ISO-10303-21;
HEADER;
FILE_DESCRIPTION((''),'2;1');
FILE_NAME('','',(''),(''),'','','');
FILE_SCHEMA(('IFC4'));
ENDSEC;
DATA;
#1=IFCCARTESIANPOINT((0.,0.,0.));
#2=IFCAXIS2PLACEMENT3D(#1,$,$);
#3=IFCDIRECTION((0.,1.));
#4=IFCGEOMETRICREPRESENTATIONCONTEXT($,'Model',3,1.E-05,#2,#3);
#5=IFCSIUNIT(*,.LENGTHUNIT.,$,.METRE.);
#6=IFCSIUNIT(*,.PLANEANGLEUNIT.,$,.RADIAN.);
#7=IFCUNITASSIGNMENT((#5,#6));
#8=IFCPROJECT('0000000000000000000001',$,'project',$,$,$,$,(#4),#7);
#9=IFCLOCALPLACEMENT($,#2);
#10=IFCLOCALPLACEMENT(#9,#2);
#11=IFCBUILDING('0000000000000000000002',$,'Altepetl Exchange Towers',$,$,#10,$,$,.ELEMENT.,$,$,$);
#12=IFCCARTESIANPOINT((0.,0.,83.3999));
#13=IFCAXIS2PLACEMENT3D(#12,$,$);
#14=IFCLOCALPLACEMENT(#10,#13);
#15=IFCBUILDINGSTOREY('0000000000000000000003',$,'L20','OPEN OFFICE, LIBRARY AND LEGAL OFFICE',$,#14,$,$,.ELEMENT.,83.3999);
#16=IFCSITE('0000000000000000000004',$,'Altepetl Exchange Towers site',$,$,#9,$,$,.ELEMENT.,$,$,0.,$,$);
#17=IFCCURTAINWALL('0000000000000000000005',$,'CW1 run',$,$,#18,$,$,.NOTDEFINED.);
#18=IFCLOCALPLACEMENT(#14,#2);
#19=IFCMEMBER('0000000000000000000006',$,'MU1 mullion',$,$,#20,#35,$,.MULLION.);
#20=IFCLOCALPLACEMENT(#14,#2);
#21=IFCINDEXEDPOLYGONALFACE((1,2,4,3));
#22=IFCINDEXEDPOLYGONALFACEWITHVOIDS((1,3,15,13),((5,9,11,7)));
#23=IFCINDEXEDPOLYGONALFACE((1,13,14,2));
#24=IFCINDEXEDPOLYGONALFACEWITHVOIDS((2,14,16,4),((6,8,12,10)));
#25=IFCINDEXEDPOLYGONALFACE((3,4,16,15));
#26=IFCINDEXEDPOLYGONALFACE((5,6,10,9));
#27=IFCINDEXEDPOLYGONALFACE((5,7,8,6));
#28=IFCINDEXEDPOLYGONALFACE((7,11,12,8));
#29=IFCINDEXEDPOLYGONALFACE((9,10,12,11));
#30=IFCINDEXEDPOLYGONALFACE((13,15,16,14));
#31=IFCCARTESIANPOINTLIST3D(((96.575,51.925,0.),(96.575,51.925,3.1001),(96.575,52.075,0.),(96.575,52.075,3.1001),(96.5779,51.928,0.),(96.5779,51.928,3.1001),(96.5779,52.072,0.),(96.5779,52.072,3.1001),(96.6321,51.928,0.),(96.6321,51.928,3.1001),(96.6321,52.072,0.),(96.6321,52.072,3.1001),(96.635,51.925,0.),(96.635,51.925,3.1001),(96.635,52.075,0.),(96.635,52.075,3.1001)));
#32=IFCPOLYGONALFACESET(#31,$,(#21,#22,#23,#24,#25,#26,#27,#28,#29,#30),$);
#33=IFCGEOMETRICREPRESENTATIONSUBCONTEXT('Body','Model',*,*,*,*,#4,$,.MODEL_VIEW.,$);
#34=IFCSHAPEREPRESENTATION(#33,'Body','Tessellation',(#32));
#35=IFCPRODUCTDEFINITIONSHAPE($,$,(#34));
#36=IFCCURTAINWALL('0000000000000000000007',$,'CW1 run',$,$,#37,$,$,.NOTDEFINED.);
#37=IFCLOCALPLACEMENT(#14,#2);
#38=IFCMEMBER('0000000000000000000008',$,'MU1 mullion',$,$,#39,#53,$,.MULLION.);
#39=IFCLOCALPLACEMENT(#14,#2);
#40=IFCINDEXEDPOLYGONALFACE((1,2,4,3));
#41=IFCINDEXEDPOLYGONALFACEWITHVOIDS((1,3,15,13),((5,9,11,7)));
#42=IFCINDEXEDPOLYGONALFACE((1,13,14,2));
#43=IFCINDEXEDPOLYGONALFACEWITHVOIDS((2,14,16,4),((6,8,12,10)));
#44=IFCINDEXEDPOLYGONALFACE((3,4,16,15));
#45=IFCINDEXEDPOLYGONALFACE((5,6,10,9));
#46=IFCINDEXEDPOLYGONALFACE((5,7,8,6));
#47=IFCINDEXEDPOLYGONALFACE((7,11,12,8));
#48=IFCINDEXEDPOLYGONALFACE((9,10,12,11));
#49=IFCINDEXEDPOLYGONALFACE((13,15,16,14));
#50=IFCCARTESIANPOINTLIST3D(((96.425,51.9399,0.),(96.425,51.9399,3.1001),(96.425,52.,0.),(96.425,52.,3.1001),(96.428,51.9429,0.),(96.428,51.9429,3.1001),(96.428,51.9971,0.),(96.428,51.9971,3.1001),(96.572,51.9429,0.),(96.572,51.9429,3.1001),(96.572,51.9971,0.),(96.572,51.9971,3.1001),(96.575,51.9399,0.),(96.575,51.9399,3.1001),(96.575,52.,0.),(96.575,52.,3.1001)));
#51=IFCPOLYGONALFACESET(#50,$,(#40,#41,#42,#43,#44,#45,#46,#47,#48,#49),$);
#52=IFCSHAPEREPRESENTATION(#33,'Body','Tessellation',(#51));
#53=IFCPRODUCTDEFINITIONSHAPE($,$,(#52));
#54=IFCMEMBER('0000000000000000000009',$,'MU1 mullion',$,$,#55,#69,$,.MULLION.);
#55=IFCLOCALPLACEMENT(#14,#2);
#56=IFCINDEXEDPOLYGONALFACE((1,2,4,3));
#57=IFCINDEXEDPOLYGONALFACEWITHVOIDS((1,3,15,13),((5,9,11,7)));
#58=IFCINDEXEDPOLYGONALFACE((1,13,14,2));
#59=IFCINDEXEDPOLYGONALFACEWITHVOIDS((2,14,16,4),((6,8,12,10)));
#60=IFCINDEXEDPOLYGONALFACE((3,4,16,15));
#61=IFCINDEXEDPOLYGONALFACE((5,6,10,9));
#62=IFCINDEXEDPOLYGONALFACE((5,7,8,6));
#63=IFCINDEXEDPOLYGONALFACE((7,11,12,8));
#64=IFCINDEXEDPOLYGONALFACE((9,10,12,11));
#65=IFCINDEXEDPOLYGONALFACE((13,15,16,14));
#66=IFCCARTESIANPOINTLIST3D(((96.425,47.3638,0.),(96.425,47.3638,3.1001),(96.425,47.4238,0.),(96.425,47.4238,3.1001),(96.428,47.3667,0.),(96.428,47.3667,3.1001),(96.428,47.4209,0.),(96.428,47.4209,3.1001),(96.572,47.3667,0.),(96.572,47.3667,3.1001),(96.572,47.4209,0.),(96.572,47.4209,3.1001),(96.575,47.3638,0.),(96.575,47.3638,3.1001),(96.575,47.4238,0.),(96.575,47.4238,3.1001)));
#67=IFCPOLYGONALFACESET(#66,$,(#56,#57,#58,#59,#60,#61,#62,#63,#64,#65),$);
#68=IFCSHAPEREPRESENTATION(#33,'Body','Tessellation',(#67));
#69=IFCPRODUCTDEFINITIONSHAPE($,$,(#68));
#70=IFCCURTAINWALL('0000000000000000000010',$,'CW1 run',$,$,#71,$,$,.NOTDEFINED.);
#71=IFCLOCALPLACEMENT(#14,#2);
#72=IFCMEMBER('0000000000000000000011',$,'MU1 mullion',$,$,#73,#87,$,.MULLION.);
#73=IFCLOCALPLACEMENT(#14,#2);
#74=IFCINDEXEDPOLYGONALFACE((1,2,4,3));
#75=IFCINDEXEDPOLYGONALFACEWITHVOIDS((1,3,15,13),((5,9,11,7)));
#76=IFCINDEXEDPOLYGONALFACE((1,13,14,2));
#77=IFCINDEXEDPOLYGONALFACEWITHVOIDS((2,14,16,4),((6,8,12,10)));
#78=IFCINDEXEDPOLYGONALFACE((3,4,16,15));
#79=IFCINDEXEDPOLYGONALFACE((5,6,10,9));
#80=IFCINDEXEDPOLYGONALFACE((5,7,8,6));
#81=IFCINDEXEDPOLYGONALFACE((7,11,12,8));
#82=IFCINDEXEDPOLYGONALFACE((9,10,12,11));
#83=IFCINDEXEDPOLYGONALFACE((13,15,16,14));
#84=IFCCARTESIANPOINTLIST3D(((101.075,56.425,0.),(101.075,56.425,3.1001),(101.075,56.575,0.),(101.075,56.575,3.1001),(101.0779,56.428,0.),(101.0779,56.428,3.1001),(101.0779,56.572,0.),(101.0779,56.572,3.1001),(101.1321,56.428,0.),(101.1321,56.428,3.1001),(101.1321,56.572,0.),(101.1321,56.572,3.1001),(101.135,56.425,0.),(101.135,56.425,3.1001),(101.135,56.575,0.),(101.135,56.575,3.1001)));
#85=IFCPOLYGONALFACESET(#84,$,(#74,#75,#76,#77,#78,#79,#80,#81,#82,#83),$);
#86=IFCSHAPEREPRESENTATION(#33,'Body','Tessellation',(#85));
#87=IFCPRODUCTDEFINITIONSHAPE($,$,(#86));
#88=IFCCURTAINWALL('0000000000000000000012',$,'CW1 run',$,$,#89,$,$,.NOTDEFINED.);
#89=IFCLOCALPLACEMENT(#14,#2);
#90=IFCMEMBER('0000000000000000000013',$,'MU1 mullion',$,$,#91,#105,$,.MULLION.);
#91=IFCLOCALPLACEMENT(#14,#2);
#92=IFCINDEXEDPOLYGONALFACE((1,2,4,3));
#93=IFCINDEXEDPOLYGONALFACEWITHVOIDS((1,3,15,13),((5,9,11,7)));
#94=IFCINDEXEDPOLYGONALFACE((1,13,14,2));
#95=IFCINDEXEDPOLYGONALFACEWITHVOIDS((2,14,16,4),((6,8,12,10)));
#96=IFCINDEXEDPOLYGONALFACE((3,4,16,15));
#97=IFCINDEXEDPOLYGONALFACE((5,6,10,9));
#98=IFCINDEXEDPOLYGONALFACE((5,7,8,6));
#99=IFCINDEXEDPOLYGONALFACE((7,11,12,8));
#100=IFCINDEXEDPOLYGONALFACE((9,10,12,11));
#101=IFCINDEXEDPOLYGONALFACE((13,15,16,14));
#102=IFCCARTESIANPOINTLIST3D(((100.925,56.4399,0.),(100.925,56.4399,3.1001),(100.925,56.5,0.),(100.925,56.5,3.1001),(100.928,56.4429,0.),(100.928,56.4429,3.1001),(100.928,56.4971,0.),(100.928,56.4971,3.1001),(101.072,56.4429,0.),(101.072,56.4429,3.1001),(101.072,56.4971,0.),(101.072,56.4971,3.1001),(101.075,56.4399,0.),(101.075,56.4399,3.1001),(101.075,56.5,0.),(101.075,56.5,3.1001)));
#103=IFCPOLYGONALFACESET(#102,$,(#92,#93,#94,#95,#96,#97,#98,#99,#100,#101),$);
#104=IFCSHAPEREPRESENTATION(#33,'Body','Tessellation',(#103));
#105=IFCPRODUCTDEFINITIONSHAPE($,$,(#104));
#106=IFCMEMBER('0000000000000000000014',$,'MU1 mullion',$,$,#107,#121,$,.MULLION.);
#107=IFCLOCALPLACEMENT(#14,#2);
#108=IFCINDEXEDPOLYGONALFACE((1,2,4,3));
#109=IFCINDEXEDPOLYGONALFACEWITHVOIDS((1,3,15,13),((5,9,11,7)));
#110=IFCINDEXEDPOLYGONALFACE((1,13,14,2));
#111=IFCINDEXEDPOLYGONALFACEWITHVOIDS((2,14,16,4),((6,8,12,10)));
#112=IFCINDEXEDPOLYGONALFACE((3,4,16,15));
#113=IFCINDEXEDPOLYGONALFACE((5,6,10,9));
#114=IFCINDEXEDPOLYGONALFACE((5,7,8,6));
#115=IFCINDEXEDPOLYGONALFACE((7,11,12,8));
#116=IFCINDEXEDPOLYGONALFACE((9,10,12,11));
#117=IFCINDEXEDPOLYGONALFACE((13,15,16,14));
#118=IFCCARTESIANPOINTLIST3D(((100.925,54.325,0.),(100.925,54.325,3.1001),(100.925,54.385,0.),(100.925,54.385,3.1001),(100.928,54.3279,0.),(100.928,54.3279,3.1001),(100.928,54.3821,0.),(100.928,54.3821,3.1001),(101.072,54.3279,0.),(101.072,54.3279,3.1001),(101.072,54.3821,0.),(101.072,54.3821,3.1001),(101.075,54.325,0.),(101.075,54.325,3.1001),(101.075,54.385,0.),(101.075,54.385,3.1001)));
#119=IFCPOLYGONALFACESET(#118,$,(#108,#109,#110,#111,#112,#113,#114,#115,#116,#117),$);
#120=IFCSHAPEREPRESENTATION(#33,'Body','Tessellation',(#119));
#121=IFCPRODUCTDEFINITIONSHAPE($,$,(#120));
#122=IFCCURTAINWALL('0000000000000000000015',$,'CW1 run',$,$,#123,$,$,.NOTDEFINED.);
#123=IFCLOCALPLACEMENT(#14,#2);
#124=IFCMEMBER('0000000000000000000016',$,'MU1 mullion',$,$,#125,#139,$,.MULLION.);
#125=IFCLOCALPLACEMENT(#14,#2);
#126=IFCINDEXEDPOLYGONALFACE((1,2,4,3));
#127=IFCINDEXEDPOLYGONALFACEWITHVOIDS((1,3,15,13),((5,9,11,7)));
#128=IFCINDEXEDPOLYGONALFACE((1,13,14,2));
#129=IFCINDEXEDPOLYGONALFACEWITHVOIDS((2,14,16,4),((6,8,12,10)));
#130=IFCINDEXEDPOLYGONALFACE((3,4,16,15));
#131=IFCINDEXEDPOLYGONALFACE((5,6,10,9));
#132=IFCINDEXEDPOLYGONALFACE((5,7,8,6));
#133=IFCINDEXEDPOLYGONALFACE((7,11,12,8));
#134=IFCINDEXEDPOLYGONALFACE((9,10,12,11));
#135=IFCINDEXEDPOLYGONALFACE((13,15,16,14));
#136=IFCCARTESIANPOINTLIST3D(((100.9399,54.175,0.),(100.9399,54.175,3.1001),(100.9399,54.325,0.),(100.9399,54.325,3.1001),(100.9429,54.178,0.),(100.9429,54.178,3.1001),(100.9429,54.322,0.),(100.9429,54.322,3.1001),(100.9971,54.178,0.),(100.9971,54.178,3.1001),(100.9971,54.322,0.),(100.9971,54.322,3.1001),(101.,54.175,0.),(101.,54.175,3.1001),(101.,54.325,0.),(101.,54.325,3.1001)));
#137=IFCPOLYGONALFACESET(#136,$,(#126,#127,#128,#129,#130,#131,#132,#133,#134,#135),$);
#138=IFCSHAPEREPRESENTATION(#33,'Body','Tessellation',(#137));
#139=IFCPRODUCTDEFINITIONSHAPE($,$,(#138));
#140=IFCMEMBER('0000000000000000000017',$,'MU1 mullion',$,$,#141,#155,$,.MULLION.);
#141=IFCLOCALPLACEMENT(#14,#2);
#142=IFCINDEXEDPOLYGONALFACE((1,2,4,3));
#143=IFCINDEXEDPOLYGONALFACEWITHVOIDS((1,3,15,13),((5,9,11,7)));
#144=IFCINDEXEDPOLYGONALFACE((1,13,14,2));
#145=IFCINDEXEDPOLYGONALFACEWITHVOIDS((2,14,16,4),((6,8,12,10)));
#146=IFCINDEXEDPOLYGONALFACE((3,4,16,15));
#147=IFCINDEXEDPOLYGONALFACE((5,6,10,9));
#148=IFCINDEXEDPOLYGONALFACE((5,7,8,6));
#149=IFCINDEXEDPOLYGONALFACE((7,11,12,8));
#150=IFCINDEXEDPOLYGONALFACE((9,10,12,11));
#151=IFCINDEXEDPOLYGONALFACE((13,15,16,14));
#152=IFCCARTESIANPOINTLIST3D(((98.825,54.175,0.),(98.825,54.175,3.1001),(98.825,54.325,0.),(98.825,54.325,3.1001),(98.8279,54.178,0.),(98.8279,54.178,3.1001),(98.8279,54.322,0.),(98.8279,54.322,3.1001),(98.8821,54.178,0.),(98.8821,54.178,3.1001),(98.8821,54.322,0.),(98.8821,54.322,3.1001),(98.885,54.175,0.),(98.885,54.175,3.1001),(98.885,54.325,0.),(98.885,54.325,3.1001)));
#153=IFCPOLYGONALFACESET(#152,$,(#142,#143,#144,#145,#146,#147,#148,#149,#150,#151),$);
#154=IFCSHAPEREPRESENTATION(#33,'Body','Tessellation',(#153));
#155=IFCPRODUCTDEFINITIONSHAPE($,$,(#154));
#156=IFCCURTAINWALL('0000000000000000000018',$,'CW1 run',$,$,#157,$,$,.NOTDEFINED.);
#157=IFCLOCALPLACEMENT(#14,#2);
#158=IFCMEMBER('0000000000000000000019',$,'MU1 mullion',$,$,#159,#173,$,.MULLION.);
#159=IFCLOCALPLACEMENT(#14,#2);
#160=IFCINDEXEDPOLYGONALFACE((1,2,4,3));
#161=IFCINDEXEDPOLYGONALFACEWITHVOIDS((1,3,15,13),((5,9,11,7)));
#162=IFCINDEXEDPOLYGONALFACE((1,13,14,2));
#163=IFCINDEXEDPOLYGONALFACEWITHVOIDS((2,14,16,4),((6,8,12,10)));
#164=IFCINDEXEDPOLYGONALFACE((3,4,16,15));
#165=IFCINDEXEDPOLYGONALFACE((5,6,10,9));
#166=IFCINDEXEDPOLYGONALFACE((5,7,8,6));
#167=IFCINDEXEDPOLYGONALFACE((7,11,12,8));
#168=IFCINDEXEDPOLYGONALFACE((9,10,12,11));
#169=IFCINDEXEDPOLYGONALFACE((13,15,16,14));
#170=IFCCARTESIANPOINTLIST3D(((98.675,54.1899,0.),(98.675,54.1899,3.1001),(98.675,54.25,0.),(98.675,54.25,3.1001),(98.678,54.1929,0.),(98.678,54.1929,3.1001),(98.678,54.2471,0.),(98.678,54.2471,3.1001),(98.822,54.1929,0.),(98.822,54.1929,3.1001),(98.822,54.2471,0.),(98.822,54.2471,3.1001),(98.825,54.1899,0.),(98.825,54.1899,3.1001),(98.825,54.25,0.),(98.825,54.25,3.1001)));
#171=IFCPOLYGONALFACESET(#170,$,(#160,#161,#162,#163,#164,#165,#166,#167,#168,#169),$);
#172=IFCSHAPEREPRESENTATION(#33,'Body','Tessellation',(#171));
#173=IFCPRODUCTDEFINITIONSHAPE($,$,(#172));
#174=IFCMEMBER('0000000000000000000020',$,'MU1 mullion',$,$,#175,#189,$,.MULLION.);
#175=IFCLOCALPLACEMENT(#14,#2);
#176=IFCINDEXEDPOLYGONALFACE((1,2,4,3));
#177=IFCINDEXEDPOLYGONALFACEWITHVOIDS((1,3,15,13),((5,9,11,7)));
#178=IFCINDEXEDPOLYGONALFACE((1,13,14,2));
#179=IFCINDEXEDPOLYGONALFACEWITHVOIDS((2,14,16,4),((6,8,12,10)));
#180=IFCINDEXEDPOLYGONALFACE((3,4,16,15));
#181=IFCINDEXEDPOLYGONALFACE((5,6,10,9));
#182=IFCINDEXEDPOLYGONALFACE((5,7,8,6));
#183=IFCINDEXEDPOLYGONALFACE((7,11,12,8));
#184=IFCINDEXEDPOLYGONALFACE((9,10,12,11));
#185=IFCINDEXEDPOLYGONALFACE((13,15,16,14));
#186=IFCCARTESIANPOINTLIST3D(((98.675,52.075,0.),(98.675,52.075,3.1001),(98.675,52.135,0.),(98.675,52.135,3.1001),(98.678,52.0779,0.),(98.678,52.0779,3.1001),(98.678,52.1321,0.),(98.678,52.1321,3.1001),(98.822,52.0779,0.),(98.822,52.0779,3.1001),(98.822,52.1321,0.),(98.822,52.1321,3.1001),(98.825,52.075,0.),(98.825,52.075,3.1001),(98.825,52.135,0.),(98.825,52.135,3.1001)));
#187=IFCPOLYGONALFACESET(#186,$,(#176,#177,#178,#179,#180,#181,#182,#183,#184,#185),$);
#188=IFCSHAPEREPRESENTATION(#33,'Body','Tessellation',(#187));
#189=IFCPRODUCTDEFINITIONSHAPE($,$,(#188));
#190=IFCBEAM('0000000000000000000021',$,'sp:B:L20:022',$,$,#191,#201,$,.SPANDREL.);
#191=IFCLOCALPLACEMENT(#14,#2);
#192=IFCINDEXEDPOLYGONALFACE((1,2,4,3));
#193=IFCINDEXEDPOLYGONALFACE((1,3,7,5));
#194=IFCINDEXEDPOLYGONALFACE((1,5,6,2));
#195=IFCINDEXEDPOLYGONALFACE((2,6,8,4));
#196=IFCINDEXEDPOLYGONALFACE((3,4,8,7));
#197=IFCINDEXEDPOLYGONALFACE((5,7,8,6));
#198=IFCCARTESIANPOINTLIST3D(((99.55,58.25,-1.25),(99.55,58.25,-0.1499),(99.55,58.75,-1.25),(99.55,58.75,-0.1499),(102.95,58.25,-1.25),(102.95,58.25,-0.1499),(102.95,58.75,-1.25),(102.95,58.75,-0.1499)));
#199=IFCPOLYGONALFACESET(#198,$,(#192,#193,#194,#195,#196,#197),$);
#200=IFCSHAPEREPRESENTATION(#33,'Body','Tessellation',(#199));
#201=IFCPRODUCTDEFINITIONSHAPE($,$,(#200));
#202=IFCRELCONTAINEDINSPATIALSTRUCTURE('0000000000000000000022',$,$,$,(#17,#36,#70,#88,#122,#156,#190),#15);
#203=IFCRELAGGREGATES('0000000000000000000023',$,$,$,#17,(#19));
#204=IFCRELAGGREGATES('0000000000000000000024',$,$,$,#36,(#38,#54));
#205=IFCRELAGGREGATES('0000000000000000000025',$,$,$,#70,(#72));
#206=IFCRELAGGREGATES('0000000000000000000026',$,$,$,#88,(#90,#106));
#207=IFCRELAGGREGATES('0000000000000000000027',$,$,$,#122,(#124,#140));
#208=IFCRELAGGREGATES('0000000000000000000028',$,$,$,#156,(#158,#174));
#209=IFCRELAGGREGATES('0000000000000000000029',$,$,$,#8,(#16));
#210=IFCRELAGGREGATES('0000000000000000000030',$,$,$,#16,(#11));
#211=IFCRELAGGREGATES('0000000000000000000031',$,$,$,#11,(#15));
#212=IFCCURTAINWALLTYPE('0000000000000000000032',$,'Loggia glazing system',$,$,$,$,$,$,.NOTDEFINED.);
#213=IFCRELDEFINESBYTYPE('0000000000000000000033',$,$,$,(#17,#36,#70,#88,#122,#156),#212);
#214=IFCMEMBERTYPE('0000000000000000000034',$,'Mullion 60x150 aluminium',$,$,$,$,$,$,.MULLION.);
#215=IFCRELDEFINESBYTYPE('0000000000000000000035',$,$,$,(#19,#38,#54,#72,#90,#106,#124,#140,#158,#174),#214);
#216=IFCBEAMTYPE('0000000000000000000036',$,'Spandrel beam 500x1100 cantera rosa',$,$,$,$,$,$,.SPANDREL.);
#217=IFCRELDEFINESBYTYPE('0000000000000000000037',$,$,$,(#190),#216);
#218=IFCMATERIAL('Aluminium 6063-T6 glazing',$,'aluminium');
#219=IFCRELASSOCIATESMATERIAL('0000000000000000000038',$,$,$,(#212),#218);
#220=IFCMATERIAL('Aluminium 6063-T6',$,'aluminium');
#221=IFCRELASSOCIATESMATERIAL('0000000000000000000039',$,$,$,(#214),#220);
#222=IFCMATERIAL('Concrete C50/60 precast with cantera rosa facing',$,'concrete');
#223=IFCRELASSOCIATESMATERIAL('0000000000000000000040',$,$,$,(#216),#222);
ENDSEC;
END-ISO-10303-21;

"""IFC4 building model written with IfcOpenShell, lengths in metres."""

from ifc_helpers import new_model, si_unit, direction, frame, origin, origin_2d, place, context, subcontext, project, spatial, rectangle, hollow_rectangle, extrude, material, material_profile, profile_set, type_object, element, aggregate, save


model = new_model("IFC4")

# Units and contexts
model_context = context("Model", 3, precision=1e-05, world=origin(), true_north=direction((0.0, 1.0)))
body_context = subcontext(model_context, "Body", "Model", "MODEL_VIEW")
ifc_project = project(units=[si_unit("LENGTHUNIT", "METRE"), si_unit("PLANEANGLEUNIT", "RADIAN")], contexts=[model_context])

# Site, building, storey
site_placement = place(None, origin())
site = spatial("IfcSite", under=ifc_project, at=site_placement, Name="Altepetl Exchange Towers site", CompositionType="ELEMENT", RefElevation=0.0)
building_placement = place(site_placement, origin())
building = spatial("IfcBuilding", under=site, at=building_placement, Name="Altepetl Exchange Towers", CompositionType="ELEMENT")
storey_placement = place(building_placement, frame((0.0, 0.0, 83.3999)))
storey = spatial("IfcBuildingStorey", under=building, at=storey_placement, Name="L20", Description="OPEN OFFICE, LIBRARY AND LEGAL OFFICE", CompositionType="ELEMENT", Elevation=83.3999)

# Curtain walls, members
ifc_material_1 = material(Name="Aluminium 6063-T6 glazing", Category="aluminium")
curtain_wall_type = type_object("IfcCurtainWallType", Name="Loggia glazing system", PredefinedType="NOTDEFINED", material=ifc_material_1)
curtain_wall_1_placement = place(storey_placement, origin())
curtain_wall_1 = element("IfcCurtainWall", 1, at=curtain_wall_1_placement, inside=storey, type_object=curtain_wall_type, Name="CW1 run", PredefinedType="NOTDEFINED")
ifc_material_2 = material(Name="Aluminium 6063-T6", Category="aluminium")
ifc_material_profile_1 = material_profile(ifc_material_2, hollow_rectangle(XDim=0.0601, YDim=0.1499, WallThickness=0.0029, at=origin_2d()), Name="Mullion 60x150 aluminium")
ifc_profile_set_1 = profile_set([ifc_material_profile_1], Name="Aluminium 6063-T6")
member_type = type_object("IfcMemberType", Name="Mullion 60x150 aluminium", PredefinedType="MULLION", material=ifc_profile_set_1)
member_1_placement = place(storey_placement, frame((96.605, 52.0, 0.0), z_axis=(0.0, 0.0, 1.0), x_axis=(-1.0, 0.0, 0.0)))
member_1 = element("IfcMember", 2, at=member_1_placement, type_object=member_type, Name="MU1 mullion", PredefinedType="MULLION", context=body_context, shape_type="SweptSolid", body=[
    extrude(hollow_rectangle(XDim=0.0601, YDim=0.1499, WallThickness=0.0029, at=origin_2d()), origin(), (0.0, 0.0, 1.0), 3.1001),
])
curtain_wall_2_placement = place(storey_placement, origin())
curtain_wall_2 = element("IfcCurtainWall", 3, at=curtain_wall_2_placement, inside=storey, type_object=curtain_wall_type, Name="CW1 run", PredefinedType="NOTDEFINED")
member_2_placement = place(storey_placement, frame((96.5, 51.97, 0.0), z_axis=(0.0, 0.0, 1.0), x_axis=(0.0, -1.0, 0.0)))
member_2 = element("IfcMember", 4, at=member_2_placement, type_object=member_type, Name="MU1 mullion", PredefinedType="MULLION", context=body_context, shape_type="SweptSolid", body=[
    extrude(hollow_rectangle(XDim=0.0601, YDim=0.1499, WallThickness=0.0029, at=origin_2d()), origin(), (0.0, 0.0, 1.0), 3.1001),
])
member_3_placement = place(storey_placement, frame((96.5, 47.3938, 0.0), z_axis=(0.0, 0.0, 1.0), x_axis=(0.0, -1.0, 0.0)))
member_3 = element("IfcMember", 5, at=member_3_placement, type_object=member_type, Name="MU1 mullion", PredefinedType="MULLION", context=body_context, shape_type="SweptSolid", body=[
    extrude(hollow_rectangle(XDim=0.0601, YDim=0.1499, WallThickness=0.0029, at=origin_2d()), origin(), (0.0, 0.0, 1.0), 3.1001),
])

# Curtain wall, member
curtain_wall_3_placement = place(storey_placement, origin())
curtain_wall_3 = element("IfcCurtainWall", 6, at=curtain_wall_3_placement, inside=storey, type_object=curtain_wall_type, Name="CW1 run", PredefinedType="NOTDEFINED")
member_4_placement = place(storey_placement, frame((101.105, 56.5, 0.0), z_axis=(0.0, 0.0, 1.0), x_axis=(-1.0, 0.0, 0.0)))
member_4 = element("IfcMember", 7, at=member_4_placement, type_object=member_type, Name="MU1 mullion", PredefinedType="MULLION", context=body_context, shape_type="SweptSolid", body=[
    extrude(hollow_rectangle(XDim=0.0601, YDim=0.1499, WallThickness=0.0029, at=origin_2d()), origin(), (0.0, 0.0, 1.0), 3.1001),
])

# Curtain walls, members
curtain_wall_4_placement = place(storey_placement, origin())
curtain_wall_4 = element("IfcCurtainWall", 8, at=curtain_wall_4_placement, inside=storey, type_object=curtain_wall_type, Name="CW1 run", PredefinedType="NOTDEFINED")
member_5_placement = place(storey_placement, frame((101.0, 56.47, 0.0), z_axis=(0.0, 0.0, 1.0), x_axis=(0.0, -1.0, 0.0)))
member_5 = element("IfcMember", 9, at=member_5_placement, type_object=member_type, Name="MU1 mullion", PredefinedType="MULLION", context=body_context, shape_type="SweptSolid", body=[
    extrude(hollow_rectangle(XDim=0.0601, YDim=0.1499, WallThickness=0.0029, at=origin_2d()), origin(), (0.0, 0.0, 1.0), 3.1001),
])
member_6_placement = place(storey_placement, frame((101.0, 54.355, 0.0), z_axis=(0.0, 0.0, 1.0), x_axis=(0.0, -1.0, 0.0)))
member_6 = element("IfcMember", 10, at=member_6_placement, type_object=member_type, Name="MU1 mullion", PredefinedType="MULLION", context=body_context, shape_type="SweptSolid", body=[
    extrude(hollow_rectangle(XDim=0.0601, YDim=0.1499, WallThickness=0.0029, at=origin_2d()), origin(), (0.0, 0.0, 1.0), 3.1001),
])
curtain_wall_5_placement = place(storey_placement, origin())
curtain_wall_5 = element("IfcCurtainWall", 11, at=curtain_wall_5_placement, inside=storey, type_object=curtain_wall_type, Name="CW1 run", PredefinedType="NOTDEFINED")
member_7_placement = place(storey_placement, frame((100.97, 54.25, 0.0), z_axis=(0.0, 0.0, 1.0), x_axis=(-1.0, 0.0, 0.0)))
member_7 = element("IfcMember", 12, at=member_7_placement, type_object=member_type, Name="MU1 mullion", PredefinedType="MULLION", context=body_context, shape_type="SweptSolid", body=[
    extrude(hollow_rectangle(XDim=0.0601, YDim=0.1499, WallThickness=0.0029, at=origin_2d()), origin(), (0.0, 0.0, 1.0), 3.1001),
])
member_8_placement = place(storey_placement, frame((98.855, 54.25, 0.0), z_axis=(0.0, 0.0, 1.0), x_axis=(-1.0, 0.0, 0.0)))
member_8 = element("IfcMember", 13, at=member_8_placement, type_object=member_type, Name="MU1 mullion", PredefinedType="MULLION", context=body_context, shape_type="SweptSolid", body=[
    extrude(hollow_rectangle(XDim=0.0601, YDim=0.1499, WallThickness=0.0029, at=origin_2d()), origin(), (0.0, 0.0, 1.0), 3.1001),
])
curtain_wall_6_placement = place(storey_placement, origin())
curtain_wall_6 = element("IfcCurtainWall", 14, at=curtain_wall_6_placement, inside=storey, type_object=curtain_wall_type, Name="CW1 run", PredefinedType="NOTDEFINED")
member_9_placement = place(storey_placement, frame((98.75, 54.22, 0.0), z_axis=(0.0, 0.0, 1.0), x_axis=(0.0, -1.0, 0.0)))
member_9 = element("IfcMember", 15, at=member_9_placement, type_object=member_type, Name="MU1 mullion", PredefinedType="MULLION", context=body_context, shape_type="SweptSolid", body=[
    extrude(hollow_rectangle(XDim=0.0601, YDim=0.1499, WallThickness=0.0029, at=origin_2d()), origin(), (0.0, 0.0, 1.0), 3.1001),
])
member_10_placement = place(storey_placement, frame((98.75, 52.105, 0.0), z_axis=(0.0, 0.0, 1.0), x_axis=(0.0, -1.0, 0.0)))
member_10 = element("IfcMember", 16, at=member_10_placement, type_object=member_type, Name="MU1 mullion", PredefinedType="MULLION", context=body_context, shape_type="SweptSolid", body=[
    extrude(hollow_rectangle(XDim=0.0601, YDim=0.1499, WallThickness=0.0029, at=origin_2d()), origin(), (0.0, 0.0, 1.0), 3.1001),
])

# Beam
ifc_material_3 = material(Name="Concrete C50/60 precast with cantera rosa facing", Category="concrete")
ifc_material_profile_2 = material_profile(ifc_material_3, rectangle(XDim=0.5, YDim=1.1001, at=origin_2d()), Name="500 x 1100")
ifc_profile_set_2 = profile_set([ifc_material_profile_2], Name="Concrete C50/60 precast with cantera rosa facing")
beam_type_1 = type_object("IfcBeamType", Name="Spandrel beam 500x1100 cantera rosa", PredefinedType="SPANDREL", material=ifc_profile_set_2)
beam_1_placement = place(storey_placement, frame((102.95, 58.5, -0.7), z_axis=(-1.0, 0.0, 0.0), x_axis=(0.0, -1.0, 0.0)))
element("IfcBeam", 17, at=beam_1_placement, inside=storey, type_object=beam_type_1, Name="sp:B:L20:022", PredefinedType="SPANDREL", context=body_context, shape_type="SweptSolid", body=[
    extrude(rectangle(XDim=0.5, YDim=1.1001, at=origin_2d()), origin(), (0.0, 0.0, 1.0), 3.3999),
])

aggregate(curtain_wall_1, [member_1])
aggregate(curtain_wall_2, [member_2, member_3])
aggregate(curtain_wall_3, [member_4])
aggregate(curtain_wall_4, [member_5, member_6])
aggregate(curtain_wall_5, [member_7, member_8])
aggregate(curtain_wall_6, [member_9, member_10])

save(model, "model.ifc")
